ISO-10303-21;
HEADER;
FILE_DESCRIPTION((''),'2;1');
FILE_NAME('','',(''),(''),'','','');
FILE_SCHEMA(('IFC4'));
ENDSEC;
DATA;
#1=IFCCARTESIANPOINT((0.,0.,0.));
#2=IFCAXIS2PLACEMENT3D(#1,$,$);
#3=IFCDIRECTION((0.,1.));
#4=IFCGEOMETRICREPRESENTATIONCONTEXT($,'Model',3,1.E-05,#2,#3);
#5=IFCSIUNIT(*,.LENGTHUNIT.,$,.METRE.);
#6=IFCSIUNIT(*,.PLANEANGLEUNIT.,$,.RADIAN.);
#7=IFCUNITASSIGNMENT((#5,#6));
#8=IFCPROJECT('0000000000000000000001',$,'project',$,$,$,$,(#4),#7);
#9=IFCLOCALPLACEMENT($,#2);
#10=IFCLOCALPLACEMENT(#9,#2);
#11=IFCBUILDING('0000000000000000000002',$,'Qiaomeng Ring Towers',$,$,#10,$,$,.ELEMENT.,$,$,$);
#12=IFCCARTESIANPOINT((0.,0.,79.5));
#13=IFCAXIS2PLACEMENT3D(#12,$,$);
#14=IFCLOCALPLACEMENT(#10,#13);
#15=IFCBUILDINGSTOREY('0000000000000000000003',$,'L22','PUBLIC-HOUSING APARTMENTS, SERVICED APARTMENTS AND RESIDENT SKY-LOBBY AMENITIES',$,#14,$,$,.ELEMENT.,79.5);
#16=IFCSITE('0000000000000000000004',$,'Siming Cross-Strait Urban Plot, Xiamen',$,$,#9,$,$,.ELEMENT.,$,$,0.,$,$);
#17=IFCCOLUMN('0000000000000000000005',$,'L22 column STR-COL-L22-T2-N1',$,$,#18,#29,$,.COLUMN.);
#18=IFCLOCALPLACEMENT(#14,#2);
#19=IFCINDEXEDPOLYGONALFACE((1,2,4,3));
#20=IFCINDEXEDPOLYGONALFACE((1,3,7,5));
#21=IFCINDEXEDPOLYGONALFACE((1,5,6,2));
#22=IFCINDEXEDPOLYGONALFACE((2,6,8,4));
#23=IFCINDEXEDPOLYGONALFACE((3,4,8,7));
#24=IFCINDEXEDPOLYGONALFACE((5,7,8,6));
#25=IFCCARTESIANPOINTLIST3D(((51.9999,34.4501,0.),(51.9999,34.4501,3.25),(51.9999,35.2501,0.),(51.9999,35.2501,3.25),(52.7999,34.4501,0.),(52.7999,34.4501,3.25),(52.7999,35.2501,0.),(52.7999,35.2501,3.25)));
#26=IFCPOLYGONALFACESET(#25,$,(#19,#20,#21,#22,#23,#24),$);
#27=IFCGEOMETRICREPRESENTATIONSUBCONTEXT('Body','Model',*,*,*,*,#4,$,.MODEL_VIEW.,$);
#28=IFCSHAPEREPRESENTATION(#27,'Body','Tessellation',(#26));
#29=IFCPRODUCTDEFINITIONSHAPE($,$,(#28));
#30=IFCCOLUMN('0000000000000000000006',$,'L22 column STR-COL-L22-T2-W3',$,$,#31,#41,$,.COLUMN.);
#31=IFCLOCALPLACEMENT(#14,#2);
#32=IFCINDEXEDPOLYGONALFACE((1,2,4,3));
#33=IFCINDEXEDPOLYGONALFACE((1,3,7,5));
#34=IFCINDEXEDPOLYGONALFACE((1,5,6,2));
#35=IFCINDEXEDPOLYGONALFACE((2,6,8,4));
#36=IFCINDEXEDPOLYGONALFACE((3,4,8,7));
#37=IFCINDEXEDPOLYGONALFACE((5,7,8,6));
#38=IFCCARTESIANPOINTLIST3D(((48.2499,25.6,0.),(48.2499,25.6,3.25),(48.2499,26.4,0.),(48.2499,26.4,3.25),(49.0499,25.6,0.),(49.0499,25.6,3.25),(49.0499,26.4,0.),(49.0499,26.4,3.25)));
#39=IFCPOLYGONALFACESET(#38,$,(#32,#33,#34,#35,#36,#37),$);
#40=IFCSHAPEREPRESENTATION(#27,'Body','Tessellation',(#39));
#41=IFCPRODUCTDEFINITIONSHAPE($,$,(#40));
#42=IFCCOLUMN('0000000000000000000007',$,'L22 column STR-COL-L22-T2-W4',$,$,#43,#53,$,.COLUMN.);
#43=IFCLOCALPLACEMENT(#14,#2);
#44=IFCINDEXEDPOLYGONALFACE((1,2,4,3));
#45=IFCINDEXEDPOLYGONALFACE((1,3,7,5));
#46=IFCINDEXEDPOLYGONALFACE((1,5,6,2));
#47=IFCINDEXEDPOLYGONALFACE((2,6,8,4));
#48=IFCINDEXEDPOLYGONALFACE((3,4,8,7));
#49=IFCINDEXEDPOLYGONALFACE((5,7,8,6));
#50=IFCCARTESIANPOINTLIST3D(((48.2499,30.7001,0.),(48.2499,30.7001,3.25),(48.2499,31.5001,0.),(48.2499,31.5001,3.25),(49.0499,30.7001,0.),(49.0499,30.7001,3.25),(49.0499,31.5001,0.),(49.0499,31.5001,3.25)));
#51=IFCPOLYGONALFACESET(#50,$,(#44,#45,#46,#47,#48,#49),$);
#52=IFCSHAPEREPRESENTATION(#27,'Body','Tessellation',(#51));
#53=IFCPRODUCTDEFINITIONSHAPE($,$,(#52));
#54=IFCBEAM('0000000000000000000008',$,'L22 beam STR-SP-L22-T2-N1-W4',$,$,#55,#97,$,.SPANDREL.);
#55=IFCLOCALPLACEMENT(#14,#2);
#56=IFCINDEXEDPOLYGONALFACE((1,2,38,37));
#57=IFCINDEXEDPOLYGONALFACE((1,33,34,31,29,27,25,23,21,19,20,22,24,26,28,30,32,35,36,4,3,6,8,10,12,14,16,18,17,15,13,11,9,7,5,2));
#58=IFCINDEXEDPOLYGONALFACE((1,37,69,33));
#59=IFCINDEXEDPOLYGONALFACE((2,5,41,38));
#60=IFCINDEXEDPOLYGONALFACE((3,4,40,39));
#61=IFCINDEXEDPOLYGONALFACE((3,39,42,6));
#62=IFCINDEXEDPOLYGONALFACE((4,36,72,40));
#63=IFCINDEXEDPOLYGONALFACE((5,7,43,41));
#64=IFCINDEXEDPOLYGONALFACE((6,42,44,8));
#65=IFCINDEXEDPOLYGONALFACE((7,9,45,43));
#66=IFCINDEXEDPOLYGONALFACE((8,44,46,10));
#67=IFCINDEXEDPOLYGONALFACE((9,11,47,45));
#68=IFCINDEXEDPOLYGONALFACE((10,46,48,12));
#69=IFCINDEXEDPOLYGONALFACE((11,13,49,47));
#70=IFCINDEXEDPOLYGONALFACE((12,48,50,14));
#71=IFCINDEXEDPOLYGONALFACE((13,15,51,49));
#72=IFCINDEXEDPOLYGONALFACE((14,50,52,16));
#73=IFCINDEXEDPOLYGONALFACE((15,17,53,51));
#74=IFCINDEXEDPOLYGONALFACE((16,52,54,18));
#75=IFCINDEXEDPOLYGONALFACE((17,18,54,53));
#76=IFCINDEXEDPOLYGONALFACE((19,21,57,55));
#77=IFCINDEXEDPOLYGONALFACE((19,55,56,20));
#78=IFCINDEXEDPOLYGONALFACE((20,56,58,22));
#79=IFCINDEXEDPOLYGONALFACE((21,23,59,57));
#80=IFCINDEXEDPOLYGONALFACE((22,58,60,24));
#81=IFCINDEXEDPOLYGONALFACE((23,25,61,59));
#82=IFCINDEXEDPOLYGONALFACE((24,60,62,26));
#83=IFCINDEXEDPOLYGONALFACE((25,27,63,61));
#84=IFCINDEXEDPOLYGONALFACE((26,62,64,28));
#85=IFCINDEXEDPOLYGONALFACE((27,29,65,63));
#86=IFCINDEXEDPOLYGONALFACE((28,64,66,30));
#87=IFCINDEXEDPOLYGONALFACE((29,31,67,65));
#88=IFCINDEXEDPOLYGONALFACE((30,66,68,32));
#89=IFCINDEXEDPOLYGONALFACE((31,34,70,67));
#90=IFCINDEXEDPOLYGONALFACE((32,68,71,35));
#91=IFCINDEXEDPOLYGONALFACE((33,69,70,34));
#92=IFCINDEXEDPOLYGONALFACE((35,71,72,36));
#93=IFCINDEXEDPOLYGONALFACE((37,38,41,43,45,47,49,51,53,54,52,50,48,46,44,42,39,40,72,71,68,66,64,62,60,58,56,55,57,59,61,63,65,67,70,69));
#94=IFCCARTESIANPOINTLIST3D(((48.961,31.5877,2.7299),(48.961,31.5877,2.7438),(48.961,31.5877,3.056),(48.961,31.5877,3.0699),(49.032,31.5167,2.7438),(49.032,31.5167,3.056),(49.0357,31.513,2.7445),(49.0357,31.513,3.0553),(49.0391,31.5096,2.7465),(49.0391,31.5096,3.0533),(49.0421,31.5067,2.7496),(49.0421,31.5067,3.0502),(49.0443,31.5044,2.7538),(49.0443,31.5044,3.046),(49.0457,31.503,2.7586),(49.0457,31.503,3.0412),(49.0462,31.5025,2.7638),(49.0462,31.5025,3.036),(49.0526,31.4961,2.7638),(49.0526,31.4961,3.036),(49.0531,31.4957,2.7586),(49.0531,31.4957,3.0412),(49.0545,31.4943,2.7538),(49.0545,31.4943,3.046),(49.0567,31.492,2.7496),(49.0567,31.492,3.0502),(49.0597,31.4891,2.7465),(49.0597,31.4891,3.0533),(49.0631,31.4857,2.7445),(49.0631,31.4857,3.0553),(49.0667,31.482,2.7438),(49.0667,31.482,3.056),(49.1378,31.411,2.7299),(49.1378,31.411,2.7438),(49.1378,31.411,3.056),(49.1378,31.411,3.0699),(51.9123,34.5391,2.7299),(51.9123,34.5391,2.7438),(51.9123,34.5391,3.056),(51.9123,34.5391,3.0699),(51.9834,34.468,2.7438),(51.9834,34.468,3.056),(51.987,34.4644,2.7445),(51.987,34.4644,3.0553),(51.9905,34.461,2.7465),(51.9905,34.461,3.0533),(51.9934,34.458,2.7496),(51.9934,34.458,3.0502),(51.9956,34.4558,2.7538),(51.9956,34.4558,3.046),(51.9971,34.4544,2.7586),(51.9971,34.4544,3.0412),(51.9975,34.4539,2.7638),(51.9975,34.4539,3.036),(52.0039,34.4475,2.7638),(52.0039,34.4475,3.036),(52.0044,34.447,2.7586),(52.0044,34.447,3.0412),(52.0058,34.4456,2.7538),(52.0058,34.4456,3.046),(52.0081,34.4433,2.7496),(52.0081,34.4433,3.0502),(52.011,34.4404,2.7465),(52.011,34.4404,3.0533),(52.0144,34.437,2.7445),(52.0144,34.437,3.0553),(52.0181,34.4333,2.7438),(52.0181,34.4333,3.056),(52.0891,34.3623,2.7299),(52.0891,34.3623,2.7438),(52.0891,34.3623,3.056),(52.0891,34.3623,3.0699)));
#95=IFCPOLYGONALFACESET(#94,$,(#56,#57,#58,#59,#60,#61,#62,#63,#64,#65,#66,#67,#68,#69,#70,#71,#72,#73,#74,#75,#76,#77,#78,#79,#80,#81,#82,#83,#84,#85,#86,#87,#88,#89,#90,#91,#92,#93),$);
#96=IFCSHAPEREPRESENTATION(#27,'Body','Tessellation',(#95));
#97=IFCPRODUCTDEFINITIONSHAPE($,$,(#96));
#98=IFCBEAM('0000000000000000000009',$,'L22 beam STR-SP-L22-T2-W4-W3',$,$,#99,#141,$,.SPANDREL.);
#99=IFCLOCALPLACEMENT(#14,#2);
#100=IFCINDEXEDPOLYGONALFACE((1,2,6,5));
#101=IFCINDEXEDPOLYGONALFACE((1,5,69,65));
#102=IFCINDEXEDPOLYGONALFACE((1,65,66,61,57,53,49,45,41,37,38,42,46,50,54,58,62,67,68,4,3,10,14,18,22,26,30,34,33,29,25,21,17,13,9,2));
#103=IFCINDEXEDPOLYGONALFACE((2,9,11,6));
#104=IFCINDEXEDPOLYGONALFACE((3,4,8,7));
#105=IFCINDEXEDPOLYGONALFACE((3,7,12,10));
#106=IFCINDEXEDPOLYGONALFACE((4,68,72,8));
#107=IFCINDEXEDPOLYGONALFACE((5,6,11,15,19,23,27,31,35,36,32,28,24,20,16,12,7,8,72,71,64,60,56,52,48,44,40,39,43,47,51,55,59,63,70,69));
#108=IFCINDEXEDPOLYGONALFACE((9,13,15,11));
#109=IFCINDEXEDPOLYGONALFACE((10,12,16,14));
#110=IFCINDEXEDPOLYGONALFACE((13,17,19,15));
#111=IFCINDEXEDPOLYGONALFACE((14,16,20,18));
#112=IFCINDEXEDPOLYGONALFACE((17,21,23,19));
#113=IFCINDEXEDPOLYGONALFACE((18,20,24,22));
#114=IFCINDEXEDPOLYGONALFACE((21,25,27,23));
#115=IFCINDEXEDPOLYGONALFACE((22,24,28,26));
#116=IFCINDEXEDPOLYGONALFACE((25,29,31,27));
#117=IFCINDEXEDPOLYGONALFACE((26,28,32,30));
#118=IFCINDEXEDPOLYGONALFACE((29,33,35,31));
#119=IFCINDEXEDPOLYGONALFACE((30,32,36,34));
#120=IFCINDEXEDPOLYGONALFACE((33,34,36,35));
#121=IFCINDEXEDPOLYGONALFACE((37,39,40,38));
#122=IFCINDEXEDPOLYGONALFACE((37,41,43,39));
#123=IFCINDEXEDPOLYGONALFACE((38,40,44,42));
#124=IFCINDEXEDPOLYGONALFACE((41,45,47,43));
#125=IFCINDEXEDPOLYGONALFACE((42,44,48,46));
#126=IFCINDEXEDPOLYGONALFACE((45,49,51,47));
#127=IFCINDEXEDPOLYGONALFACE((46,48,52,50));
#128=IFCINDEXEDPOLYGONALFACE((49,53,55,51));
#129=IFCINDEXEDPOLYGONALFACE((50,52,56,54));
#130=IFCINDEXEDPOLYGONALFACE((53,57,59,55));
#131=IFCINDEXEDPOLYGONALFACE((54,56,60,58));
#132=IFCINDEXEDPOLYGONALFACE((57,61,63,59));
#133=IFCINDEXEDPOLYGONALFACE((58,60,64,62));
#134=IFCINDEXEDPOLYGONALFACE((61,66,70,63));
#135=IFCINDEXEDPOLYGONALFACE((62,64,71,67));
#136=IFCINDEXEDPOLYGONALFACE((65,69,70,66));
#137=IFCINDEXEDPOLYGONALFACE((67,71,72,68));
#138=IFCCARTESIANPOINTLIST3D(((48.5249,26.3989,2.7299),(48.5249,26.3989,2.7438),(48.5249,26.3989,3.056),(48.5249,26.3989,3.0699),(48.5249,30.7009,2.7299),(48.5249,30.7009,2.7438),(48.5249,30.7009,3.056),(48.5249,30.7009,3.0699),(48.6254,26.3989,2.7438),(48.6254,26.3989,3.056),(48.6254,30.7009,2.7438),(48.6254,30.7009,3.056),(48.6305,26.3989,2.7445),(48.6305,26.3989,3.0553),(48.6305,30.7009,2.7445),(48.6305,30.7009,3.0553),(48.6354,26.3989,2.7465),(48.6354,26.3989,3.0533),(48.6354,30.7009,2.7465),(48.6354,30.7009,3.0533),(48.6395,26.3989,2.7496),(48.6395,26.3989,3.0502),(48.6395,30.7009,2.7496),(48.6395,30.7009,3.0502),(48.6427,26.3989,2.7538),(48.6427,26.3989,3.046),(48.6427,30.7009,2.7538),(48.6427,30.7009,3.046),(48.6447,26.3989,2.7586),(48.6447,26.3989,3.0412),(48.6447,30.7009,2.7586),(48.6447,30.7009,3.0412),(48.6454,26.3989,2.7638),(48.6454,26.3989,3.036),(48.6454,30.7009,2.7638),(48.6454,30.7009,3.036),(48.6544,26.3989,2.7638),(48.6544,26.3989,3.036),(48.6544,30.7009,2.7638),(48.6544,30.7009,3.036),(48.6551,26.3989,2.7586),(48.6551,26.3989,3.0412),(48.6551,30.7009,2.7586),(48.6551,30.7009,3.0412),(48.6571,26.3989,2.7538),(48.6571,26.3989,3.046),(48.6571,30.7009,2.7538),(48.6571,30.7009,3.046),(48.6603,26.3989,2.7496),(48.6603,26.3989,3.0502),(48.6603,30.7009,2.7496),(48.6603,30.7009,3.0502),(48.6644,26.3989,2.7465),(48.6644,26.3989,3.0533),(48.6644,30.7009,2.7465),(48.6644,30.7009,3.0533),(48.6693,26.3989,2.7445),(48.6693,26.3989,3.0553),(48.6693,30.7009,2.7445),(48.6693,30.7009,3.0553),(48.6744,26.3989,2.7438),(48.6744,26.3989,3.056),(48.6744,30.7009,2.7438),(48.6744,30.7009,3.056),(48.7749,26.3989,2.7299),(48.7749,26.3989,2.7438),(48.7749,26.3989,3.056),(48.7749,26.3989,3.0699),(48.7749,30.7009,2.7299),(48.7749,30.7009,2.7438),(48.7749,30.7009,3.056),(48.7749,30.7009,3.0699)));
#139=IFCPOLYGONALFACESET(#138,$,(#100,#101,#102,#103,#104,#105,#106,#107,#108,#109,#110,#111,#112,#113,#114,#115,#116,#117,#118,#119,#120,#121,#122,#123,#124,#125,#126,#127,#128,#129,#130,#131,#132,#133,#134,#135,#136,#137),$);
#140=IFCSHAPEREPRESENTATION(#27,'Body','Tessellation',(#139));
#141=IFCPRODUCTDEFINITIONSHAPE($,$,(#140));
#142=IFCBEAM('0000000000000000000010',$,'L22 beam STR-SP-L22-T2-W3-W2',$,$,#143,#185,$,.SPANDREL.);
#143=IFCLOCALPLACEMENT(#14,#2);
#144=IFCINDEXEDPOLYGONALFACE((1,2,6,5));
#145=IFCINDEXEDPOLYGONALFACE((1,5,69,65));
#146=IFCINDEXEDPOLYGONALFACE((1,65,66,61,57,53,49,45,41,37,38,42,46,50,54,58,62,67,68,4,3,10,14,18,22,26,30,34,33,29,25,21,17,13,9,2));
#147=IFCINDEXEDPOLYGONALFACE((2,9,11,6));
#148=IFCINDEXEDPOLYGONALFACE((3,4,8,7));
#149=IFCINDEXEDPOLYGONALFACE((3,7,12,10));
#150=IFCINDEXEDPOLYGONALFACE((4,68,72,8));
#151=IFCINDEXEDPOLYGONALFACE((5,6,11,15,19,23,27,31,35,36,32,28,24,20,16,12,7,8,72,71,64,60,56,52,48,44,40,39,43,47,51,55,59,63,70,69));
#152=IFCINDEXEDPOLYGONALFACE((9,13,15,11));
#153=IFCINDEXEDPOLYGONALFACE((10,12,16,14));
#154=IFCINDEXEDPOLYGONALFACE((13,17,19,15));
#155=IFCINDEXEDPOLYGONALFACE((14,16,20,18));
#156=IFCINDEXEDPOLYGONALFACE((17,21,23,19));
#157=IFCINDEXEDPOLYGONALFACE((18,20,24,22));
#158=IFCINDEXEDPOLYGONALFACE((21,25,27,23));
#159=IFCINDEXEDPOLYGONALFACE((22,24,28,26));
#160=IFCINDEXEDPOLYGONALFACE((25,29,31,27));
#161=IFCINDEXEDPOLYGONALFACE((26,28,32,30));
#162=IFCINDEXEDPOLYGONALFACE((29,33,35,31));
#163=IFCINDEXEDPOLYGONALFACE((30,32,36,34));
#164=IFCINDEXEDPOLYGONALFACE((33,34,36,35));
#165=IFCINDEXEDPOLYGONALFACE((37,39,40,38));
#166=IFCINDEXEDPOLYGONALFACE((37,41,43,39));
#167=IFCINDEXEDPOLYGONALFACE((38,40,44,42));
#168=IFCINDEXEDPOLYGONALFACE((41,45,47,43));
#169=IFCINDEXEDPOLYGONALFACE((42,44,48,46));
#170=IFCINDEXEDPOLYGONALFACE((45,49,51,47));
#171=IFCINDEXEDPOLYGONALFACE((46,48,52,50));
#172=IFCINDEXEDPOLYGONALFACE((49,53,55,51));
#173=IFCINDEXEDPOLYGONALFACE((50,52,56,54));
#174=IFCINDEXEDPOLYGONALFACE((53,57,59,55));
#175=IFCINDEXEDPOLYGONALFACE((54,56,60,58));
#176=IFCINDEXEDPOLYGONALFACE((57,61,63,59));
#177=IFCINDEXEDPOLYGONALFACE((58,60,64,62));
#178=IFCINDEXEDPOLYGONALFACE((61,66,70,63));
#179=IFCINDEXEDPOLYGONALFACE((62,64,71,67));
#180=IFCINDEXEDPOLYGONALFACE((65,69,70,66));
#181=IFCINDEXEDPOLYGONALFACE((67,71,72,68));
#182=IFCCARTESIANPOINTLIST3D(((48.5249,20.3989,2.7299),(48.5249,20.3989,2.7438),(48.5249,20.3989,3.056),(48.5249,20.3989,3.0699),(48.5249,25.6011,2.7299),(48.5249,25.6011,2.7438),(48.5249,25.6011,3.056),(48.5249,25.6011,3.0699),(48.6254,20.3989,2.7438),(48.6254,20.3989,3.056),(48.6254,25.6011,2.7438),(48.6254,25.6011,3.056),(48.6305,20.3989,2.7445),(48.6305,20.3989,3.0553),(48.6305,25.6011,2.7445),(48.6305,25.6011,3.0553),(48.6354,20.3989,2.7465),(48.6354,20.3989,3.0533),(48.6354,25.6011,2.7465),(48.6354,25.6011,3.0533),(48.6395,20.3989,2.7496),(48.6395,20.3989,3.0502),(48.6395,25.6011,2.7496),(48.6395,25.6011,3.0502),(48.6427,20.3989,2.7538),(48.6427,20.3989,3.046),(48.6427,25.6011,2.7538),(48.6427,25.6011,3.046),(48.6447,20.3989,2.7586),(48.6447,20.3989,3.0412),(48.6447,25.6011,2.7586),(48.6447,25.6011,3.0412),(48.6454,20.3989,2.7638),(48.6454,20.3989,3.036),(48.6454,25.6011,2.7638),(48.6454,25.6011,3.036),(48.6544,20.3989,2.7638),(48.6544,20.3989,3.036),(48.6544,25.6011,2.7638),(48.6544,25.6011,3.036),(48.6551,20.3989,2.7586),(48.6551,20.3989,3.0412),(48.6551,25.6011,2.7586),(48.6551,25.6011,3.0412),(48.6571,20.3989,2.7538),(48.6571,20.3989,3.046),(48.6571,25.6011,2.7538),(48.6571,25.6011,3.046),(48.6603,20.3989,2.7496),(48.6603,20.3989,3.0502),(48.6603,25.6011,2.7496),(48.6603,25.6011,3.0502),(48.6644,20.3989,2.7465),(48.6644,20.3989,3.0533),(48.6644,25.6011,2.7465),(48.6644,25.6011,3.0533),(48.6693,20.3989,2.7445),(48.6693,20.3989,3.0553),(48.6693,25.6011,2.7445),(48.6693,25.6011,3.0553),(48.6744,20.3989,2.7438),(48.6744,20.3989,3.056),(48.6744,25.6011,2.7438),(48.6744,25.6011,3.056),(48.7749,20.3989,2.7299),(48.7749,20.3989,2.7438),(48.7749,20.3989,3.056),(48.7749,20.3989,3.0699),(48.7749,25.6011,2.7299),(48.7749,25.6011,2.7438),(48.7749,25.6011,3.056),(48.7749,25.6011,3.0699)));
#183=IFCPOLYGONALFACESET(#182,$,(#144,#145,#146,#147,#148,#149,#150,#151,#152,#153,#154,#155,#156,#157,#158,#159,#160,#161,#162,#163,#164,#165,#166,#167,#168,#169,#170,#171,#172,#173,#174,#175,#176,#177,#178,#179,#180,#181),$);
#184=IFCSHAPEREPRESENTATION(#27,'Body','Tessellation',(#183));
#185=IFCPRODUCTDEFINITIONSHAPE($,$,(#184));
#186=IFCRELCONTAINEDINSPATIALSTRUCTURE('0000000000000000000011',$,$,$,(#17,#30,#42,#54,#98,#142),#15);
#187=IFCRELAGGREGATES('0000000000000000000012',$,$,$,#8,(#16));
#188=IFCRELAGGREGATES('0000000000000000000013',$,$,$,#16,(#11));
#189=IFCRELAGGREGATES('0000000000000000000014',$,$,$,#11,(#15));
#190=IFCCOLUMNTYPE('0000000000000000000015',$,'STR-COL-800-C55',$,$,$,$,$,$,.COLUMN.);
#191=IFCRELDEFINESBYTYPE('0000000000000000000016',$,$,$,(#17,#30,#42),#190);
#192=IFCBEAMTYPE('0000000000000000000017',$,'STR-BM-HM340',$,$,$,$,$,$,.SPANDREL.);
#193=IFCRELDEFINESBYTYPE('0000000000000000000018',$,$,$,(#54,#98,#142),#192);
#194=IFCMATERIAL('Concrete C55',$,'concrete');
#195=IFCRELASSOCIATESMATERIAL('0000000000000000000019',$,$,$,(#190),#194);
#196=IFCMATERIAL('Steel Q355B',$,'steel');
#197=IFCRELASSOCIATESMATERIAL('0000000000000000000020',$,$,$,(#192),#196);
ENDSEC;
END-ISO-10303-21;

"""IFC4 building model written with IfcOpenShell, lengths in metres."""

from ifc_helpers import new_model, si_unit, direction, frame, origin, origin_2d, place, context, subcontext, project, spatial, rectangle, i_section, extrude, source, transform, mapped, material, material_profile, profile_set, type_object, element, save


model = new_model("IFC4")

# Units and contexts
model_context = context("Model", 3, precision=1e-05, world=origin(), true_north=direction((0.0, 1.0)))
body_context = subcontext(model_context, "Body", "Model", "MODEL_VIEW")
ifc_project = project(units=[si_unit("LENGTHUNIT", "METRE"), si_unit("PLANEANGLEUNIT", "RADIAN")], contexts=[model_context])

# Site, building, storey
site_placement = place(None, origin())
site = spatial("IfcSite", under=ifc_project, at=site_placement, Name="Siming Cross-Strait Urban Plot, Xiamen", CompositionType="ELEMENT", RefElevation=0.0)
building_placement = place(site_placement, origin())
building = spatial("IfcBuilding", under=site, at=building_placement, Name="Qiaomeng Ring Towers", CompositionType="ELEMENT")
storey_placement = place(building_placement, frame((0.0, 0.0, 79.5)))
storey = spatial("IfcBuildingStorey", under=building, at=storey_placement, Name="L22", Description="PUBLIC-HOUSING APARTMENTS, SERVICED APARTMENTS AND RESIDENT SKY-LOBBY AMENITIES", CompositionType="ELEMENT", Elevation=79.5)

# Columns
ifc_material_1 = material(Name="Concrete C55", Category="concrete")
ifc_material_profile_1 = material_profile(ifc_material_1, rectangle(XDim=0.8, YDim=0.8, at=origin_2d()), Name="RC COL 800x800")
ifc_profile_set_1 = profile_set([ifc_material_profile_1], Name="Concrete C55")
column_type = type_object("IfcColumnType", Name="STR-COL-800-C55", PredefinedType="COLUMN", material=ifc_profile_set_1)
shared_shape_1 = source(origin(), body_context, "Body", "SweptSolid", [
    extrude(rectangle(XDim=0.8, YDim=0.8, at=origin_2d()), origin(), (0.0, 0.0, 1.0), 3.25),
])
for number, where, z_axis, x_axis, name in (
    (1, (52.3999, 34.8501, 0.0), (0.0, 0.0, 1.0), (1.0, 0.0, 0.0), "L22 column STR-COL-L22-T2-N1"),
    (2, (48.6499, 26.0, 0.0), (0.0, 0.0, 1.0), (1.0, 0.0, 0.0), "L22 column STR-COL-L22-T2-W3"),
    (3, (48.6499, 31.1001, 0.0), (0.0, 0.0, 1.0), (1.0, 0.0, 0.0), "L22 column STR-COL-L22-T2-W4"),
):
    element("IfcColumn", number, at=place(storey_placement, frame(where, z_axis=z_axis, x_axis=x_axis)), inside=storey, type_object=column_type, Name=name, PredefinedType="COLUMN", context=body_context, shape_type="MappedRepresentation", body=[
        mapped(shared_shape_1, transform((0.0, 0.0, 0.0), x_axis=(1.0, 0.0, 0.0), y_axis=(0.0, 1.0, 0.0), z_axis=(0.0, 0.0, 1.0), scale=1.0)),
    ])

# Beams
ifc_material_2 = material(Name="Steel Q355B", Category="steel")
ifc_material_profile_2 = material_profile(ifc_material_2, i_section(OverallWidth=0.25, OverallDepth=0.3401, WebThickness=0.009, FlangeThickness=0.0139, FilletRadius=0.02, at=origin_2d()), Name="HM 340x250x9x14")
ifc_profile_set_2 = profile_set([ifc_material_profile_2], Name="Steel Q355B")
beam_type_1 = type_object("IfcBeamType", Name="STR-BM-HM340", PredefinedType="SPANDREL", material=ifc_profile_set_2)
shared_shape_2 = source(origin(), body_context, "Body", "SweptSolid", [
    extrude(i_section(OverallWidth=0.25, OverallDepth=0.3401, WebThickness=0.009, FlangeThickness=0.0139, FilletRadius=0.02, at=origin_2d()), origin(), (0.0, 0.0, 1.0), 4.1738),
])
beam_1_placement = place(storey_placement, frame((52.0007, 34.4507, 2.8999), z_axis=(-0.707107, -0.707107, 0.0), x_axis=(0.707107, -0.707107, 0.0)))
element("IfcBeam", 4, at=beam_1_placement, inside=storey, type_object=beam_type_1, Name="L22 beam STR-SP-L22-T2-N1-W4", PredefinedType="SPANDREL", context=body_context, shape_type="MappedRepresentation", body=[
    mapped(shared_shape_2, transform((0.0, 0.0, 0.0), x_axis=(1.0, 0.0, 0.0), y_axis=(0.0, 1.0, 0.0), z_axis=(0.0, 0.0, 1.0), scale=1.0)),
])
shared_shape_3 = source(origin(), body_context, "Body", "SweptSolid", [
    extrude(i_section(OverallWidth=0.25, OverallDepth=0.3401, WebThickness=0.009, FlangeThickness=0.0139, FilletRadius=0.02, at=origin_2d()), origin(), (0.0, 0.0, 1.0), 4.302),
])
beam_2_placement = place(storey_placement, frame((48.6499, 30.7009, 2.8999), z_axis=(0.0, -1.0, 0.0), x_axis=(1.0, 0.0, 0.0)))
element("IfcBeam", 5, at=beam_2_placement, inside=storey, type_object=beam_type_1, Name="L22 beam STR-SP-L22-T2-W4-W3", PredefinedType="SPANDREL", context=body_context, shape_type="MappedRepresentation", body=[
    mapped(shared_shape_3, transform((0.0, 0.0, 0.0), x_axis=(1.0, 0.0, 0.0), y_axis=(0.0, 1.0, 0.0), z_axis=(0.0, 0.0, 1.0), scale=1.0)),
])
shared_shape_4 = source(origin(), body_context, "Body", "SweptSolid", [
    extrude(i_section(OverallWidth=0.25, OverallDepth=0.3401, WebThickness=0.009, FlangeThickness=0.0139, FilletRadius=0.02, at=origin_2d()), origin(), (0.0, 0.0, 1.0), 5.2021),
])
beam_3_placement = place(storey_placement, frame((48.6499, 25.6011, 2.8999), z_axis=(0.0, -1.0, 0.0), x_axis=(1.0, 0.0, 0.0)))
element("IfcBeam", 6, at=beam_3_placement, inside=storey, type_object=beam_type_1, Name="L22 beam STR-SP-L22-T2-W3-W2", PredefinedType="SPANDREL", context=body_context, shape_type="MappedRepresentation", body=[
    mapped(shared_shape_4, transform((0.0, 0.0, 0.0), x_axis=(1.0, 0.0, 0.0), y_axis=(0.0, 1.0, 0.0), z_axis=(0.0, 0.0, 1.0), scale=1.0)),
])

save(model, "model.ifc")
